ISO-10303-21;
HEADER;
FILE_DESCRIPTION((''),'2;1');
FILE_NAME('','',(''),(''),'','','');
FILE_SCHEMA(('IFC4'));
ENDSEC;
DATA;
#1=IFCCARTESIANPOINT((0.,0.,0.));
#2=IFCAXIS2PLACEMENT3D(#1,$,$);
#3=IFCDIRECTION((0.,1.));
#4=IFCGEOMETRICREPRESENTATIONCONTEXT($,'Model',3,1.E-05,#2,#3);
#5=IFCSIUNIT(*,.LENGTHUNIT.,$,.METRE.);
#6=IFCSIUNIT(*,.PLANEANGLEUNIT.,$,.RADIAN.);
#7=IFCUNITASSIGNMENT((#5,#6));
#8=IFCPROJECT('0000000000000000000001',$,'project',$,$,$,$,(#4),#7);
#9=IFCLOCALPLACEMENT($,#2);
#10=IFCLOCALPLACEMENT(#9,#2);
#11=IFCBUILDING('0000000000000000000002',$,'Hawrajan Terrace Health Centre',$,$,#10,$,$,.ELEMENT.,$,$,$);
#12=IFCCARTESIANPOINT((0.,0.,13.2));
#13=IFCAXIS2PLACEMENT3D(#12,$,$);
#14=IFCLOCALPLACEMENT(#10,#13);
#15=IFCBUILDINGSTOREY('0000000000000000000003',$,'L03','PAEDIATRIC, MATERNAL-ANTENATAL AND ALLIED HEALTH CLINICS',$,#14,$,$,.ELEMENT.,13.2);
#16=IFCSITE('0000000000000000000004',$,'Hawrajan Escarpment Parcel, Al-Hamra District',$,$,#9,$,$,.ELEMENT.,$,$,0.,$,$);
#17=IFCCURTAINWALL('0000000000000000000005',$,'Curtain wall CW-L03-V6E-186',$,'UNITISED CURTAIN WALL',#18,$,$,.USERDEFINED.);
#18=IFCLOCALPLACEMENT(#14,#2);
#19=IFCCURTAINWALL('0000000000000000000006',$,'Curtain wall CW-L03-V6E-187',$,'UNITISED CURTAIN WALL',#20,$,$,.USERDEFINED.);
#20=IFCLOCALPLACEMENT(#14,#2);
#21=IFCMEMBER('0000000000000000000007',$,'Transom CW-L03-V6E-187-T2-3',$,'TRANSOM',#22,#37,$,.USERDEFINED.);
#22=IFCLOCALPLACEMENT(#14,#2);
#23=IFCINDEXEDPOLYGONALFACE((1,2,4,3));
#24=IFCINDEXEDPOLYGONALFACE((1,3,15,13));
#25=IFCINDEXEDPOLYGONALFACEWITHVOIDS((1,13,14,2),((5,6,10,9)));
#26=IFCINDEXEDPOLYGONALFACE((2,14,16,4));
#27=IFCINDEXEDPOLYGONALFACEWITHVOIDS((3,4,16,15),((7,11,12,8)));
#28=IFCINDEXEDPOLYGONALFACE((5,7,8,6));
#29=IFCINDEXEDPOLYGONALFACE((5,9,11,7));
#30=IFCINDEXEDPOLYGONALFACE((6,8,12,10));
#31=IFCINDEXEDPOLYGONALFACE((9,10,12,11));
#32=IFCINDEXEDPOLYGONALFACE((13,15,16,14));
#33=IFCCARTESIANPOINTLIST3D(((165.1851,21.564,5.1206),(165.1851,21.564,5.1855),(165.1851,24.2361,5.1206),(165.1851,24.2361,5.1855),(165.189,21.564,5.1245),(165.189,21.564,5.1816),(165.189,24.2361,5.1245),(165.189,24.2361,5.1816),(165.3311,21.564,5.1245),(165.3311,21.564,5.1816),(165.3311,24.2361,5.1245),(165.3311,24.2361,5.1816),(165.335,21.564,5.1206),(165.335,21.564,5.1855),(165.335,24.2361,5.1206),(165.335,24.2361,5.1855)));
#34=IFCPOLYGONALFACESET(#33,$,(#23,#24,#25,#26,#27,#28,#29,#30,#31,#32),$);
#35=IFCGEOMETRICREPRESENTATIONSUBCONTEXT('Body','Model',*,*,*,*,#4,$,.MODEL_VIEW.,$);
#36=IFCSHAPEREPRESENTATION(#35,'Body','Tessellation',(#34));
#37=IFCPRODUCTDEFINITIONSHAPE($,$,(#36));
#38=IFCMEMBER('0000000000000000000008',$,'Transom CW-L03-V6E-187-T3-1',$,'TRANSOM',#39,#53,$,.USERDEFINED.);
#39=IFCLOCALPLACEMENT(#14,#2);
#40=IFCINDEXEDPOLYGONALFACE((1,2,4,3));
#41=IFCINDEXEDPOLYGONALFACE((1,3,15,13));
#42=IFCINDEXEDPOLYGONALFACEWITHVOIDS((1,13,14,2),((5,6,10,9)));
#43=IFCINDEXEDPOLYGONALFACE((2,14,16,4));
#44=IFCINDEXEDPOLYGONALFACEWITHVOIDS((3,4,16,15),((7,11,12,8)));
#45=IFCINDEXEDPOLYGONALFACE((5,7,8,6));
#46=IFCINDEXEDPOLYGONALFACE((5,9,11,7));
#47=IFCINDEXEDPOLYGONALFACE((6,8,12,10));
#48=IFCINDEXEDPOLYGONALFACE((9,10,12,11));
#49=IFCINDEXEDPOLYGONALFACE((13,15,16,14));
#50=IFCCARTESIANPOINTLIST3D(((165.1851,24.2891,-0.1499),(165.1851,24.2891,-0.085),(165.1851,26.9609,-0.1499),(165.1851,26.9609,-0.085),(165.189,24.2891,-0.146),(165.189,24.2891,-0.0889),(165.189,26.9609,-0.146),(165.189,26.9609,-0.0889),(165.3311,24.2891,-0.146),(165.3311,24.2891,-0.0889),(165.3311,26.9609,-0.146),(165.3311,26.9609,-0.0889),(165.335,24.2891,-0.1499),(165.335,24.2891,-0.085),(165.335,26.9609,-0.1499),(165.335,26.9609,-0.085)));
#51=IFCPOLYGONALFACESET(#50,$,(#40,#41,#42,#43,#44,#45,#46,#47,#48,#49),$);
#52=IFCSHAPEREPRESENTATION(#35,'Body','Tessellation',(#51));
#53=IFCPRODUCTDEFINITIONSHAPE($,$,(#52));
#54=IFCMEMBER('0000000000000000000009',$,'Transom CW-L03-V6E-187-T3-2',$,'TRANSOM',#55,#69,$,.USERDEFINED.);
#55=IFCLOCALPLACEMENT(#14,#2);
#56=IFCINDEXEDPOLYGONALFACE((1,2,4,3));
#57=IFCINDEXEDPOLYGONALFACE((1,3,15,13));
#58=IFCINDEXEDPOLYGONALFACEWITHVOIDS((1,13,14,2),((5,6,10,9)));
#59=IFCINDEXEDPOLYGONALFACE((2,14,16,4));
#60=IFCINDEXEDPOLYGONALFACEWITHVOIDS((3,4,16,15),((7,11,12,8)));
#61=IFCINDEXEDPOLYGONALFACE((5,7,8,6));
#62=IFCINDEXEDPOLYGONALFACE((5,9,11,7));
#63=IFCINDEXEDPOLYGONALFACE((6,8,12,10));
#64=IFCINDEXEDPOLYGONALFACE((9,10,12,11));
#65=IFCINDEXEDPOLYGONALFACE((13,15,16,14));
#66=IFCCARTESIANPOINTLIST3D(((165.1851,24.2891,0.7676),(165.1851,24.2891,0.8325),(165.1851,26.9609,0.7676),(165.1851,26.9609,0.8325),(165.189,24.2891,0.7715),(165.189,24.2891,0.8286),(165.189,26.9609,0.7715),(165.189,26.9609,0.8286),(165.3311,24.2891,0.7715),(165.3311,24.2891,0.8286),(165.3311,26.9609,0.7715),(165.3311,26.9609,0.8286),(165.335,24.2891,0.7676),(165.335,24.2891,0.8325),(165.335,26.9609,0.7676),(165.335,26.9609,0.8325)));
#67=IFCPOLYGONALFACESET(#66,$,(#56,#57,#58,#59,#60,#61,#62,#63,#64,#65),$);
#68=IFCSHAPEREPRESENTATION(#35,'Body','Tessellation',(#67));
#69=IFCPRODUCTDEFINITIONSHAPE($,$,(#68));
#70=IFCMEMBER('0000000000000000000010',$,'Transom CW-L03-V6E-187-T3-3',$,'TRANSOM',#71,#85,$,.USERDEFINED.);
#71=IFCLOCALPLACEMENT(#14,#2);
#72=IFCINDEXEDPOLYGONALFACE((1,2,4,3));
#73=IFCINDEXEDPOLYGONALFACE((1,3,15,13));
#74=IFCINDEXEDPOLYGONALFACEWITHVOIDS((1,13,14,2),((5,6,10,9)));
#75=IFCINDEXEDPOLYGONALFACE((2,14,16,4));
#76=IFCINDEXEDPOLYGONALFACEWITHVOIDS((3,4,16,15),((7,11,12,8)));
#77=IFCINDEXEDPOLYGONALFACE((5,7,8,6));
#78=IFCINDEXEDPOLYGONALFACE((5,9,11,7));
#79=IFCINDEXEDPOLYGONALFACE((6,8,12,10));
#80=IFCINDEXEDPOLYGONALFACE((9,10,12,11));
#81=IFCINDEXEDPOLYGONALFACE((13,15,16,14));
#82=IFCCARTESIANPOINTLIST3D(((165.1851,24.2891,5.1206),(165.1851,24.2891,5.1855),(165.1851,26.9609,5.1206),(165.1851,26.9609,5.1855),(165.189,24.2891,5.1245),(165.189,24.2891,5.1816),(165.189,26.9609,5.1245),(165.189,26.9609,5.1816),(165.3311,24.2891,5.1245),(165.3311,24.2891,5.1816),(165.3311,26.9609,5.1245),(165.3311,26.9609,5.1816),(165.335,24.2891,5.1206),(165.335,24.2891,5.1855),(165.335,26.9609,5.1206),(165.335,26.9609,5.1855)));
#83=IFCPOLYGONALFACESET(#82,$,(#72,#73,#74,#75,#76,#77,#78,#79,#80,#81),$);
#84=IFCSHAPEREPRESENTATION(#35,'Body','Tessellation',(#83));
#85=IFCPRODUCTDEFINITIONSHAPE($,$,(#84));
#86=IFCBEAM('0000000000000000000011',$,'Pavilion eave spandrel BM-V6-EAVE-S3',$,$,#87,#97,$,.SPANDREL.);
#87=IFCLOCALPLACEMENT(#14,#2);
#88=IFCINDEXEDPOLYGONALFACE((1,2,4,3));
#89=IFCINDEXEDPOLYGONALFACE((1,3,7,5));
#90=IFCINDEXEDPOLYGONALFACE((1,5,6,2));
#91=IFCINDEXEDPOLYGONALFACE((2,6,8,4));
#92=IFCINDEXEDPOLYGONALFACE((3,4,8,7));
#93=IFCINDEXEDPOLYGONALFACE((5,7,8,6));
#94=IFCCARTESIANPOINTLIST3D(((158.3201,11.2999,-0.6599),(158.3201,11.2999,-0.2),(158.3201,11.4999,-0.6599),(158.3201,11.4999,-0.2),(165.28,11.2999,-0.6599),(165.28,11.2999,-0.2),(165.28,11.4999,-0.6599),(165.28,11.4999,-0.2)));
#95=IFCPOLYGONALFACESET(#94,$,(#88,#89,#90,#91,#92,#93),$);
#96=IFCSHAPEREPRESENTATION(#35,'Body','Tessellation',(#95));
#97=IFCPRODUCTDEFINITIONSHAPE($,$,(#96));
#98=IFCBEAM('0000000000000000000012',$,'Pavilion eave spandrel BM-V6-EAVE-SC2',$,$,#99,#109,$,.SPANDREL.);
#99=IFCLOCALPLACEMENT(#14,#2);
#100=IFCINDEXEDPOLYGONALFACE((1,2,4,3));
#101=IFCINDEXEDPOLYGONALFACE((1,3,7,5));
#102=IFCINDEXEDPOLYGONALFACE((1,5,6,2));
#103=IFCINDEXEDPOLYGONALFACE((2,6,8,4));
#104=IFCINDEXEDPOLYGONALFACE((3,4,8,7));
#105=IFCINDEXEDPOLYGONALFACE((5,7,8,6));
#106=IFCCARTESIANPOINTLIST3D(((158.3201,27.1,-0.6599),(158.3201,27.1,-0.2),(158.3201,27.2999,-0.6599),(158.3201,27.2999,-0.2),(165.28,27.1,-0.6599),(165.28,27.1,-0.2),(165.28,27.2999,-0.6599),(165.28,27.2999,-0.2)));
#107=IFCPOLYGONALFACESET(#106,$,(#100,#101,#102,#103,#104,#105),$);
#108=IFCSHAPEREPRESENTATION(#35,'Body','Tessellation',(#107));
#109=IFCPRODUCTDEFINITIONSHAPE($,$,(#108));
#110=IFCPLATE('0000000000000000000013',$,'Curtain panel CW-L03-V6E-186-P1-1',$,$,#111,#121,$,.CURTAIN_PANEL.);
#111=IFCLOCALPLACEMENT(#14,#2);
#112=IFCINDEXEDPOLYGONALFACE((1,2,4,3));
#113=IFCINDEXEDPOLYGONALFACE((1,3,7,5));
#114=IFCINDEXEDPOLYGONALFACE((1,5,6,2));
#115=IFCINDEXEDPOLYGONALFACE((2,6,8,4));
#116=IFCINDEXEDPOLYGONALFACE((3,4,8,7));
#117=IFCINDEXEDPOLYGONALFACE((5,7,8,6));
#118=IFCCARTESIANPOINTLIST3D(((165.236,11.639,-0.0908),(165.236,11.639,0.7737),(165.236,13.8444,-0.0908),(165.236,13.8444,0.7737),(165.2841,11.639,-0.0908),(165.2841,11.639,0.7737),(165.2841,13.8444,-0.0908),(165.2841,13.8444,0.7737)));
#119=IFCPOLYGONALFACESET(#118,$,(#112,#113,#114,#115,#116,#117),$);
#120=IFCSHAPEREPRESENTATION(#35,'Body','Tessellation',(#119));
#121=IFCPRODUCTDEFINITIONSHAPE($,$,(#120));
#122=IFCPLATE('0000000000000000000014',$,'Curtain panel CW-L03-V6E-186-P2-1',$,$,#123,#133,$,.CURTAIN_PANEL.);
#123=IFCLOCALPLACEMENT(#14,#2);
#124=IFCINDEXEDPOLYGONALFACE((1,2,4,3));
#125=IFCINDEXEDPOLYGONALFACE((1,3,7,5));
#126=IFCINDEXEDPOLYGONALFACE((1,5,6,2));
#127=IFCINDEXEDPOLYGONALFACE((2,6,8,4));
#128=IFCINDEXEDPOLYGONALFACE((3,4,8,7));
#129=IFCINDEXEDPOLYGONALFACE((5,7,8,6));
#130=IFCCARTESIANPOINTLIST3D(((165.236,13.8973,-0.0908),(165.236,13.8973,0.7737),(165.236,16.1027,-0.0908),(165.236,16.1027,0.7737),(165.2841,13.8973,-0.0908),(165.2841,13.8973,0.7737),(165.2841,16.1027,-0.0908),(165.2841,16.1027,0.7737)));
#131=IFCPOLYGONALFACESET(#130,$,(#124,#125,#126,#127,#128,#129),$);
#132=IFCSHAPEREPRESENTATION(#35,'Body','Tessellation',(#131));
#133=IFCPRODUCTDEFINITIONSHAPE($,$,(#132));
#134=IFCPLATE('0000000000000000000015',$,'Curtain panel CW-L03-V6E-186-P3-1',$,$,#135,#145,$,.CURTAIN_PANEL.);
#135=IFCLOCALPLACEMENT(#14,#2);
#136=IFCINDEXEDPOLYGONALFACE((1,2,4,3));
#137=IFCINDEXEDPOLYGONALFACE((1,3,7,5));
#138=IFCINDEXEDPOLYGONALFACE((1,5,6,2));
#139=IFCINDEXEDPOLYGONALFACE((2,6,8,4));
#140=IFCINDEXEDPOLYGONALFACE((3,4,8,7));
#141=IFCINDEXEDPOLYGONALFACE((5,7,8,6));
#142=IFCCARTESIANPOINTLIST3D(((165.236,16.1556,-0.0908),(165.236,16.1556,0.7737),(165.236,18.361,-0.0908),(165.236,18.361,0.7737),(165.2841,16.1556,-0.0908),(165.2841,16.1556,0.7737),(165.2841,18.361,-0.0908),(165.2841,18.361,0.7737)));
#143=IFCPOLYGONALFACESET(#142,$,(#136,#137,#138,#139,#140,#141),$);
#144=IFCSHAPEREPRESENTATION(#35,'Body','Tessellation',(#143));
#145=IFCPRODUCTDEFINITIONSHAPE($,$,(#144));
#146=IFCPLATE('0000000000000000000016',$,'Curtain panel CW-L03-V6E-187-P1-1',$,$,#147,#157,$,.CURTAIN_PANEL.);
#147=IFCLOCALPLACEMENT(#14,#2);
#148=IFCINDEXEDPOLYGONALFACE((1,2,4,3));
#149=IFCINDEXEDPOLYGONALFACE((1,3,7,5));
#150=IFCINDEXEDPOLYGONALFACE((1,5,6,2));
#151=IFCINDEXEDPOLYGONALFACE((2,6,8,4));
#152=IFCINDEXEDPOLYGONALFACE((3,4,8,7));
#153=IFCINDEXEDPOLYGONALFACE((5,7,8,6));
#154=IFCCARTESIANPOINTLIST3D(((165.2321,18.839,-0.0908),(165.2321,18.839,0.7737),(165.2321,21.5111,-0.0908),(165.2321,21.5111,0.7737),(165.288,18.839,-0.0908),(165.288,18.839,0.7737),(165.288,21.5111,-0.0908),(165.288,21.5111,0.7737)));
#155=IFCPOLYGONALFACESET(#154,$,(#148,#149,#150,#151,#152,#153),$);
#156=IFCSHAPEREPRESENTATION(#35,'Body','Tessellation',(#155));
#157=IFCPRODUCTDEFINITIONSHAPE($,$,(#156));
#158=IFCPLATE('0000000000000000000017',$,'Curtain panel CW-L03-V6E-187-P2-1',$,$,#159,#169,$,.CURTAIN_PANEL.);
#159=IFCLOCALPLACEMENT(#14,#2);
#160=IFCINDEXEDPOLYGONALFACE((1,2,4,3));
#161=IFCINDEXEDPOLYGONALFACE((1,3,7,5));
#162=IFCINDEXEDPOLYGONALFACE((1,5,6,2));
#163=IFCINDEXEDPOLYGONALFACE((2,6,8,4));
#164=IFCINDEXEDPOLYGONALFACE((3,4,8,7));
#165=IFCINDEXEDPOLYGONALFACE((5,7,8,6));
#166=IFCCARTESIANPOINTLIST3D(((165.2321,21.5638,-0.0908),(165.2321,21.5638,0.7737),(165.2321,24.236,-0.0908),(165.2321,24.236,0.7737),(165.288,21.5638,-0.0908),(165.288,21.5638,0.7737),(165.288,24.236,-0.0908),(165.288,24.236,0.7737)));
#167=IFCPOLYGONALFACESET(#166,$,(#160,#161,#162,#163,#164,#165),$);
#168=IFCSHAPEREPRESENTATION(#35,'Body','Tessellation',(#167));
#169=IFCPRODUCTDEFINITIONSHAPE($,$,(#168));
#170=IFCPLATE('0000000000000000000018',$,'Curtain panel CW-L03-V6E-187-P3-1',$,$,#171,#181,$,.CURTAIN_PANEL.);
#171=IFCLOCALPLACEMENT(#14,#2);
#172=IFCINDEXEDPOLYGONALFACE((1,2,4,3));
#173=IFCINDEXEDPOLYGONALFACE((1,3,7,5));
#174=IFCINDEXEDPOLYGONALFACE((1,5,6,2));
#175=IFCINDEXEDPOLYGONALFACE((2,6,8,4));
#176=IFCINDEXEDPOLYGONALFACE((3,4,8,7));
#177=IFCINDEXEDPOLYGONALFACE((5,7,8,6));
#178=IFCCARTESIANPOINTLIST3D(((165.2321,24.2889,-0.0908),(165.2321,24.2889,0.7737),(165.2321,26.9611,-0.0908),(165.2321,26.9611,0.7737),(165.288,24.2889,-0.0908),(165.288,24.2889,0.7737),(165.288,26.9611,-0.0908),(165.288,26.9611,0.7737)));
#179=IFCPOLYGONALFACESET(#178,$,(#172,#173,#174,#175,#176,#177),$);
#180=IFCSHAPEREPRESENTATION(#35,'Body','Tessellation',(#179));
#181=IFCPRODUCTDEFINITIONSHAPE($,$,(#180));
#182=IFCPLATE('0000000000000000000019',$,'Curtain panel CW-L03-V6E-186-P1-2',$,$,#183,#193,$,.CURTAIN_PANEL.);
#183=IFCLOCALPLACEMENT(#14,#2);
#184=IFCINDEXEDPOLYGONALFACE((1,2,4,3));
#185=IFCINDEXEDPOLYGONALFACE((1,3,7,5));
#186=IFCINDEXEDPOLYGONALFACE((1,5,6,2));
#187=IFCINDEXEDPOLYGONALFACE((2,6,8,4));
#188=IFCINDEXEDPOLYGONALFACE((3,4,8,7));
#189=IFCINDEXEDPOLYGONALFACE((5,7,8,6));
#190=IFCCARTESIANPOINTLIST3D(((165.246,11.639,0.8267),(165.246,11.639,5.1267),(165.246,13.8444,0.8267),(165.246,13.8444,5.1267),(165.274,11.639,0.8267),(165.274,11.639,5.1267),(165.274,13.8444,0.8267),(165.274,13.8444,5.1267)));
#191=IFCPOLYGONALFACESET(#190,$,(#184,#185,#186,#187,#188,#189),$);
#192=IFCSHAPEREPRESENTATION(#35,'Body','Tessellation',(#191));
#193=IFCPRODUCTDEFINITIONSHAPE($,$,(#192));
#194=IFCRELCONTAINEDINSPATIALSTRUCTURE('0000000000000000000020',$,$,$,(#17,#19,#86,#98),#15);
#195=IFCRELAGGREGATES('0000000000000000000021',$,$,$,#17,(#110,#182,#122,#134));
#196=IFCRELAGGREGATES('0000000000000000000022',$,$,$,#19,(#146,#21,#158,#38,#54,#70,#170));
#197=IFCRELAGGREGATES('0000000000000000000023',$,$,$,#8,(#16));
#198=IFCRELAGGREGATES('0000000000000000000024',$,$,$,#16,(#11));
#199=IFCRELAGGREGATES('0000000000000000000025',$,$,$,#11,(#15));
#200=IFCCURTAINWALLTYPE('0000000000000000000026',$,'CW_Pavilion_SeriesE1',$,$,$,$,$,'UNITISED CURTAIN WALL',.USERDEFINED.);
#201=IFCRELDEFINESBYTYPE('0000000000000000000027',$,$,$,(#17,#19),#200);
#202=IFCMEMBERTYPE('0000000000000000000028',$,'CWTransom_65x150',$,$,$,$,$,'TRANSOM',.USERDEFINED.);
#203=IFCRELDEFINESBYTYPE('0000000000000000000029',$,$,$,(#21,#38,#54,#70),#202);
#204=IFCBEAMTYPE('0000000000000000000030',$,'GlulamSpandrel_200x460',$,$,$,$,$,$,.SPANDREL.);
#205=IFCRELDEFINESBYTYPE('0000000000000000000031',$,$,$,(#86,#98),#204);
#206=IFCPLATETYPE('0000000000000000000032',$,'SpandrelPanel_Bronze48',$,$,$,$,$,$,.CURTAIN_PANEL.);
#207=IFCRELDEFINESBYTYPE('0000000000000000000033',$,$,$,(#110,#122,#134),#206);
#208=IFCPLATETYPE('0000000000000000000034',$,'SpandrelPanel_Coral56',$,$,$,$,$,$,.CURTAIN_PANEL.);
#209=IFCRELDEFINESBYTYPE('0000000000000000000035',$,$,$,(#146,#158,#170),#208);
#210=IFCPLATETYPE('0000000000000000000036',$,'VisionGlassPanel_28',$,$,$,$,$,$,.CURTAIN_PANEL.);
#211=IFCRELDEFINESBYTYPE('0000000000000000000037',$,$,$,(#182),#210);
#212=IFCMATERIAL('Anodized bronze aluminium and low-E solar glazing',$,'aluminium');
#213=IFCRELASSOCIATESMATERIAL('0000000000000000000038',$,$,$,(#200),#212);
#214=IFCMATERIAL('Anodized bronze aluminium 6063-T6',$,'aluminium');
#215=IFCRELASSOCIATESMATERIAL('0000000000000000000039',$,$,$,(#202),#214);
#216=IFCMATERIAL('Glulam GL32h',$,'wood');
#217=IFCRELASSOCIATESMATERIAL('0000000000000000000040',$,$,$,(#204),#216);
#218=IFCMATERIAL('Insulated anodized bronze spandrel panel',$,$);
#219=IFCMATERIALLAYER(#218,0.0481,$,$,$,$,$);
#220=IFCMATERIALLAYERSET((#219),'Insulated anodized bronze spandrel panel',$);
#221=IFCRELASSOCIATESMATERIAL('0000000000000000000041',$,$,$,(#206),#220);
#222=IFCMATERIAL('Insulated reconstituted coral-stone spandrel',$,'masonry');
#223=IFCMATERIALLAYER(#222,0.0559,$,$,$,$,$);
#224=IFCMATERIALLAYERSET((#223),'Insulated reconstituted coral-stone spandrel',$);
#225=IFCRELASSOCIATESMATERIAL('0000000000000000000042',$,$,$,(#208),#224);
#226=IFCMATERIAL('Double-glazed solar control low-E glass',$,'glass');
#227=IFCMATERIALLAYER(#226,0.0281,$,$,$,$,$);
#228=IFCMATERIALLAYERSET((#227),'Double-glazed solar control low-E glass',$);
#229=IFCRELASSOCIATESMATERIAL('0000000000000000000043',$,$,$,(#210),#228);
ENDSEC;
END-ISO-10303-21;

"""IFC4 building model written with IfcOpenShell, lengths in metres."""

from ifc_helpers import new_model, si_unit, direction, frame, origin, origin_2d, place, context, subcontext, project, spatial, rectangle, hollow_rectangle, extrude, material, layer, layer_set, material_profile, profile_set, type_object, element, aggregate, save


model = new_model("IFC4")

# Units and contexts
model_context = context("Model", 3, precision=1e-05, world=origin(), true_north=direction((0.0, 1.0)))
body_context = subcontext(model_context, "Body", "Model", "MODEL_VIEW")
ifc_project = project(units=[si_unit("LENGTHUNIT", "METRE"), si_unit("PLANEANGLEUNIT", "RADIAN")], contexts=[model_context])

# Site, building, storey
site_placement = place(None, origin())
site = spatial("IfcSite", under=ifc_project, at=site_placement, Name="Hawrajan Escarpment Parcel, Al-Hamra District", CompositionType="ELEMENT", RefElevation=0.0)
building_placement = place(site_placement, origin())
building = spatial("IfcBuilding", under=site, at=building_placement, Name="Hawrajan Terrace Health Centre", CompositionType="ELEMENT")
storey_placement = place(building_placement, frame((0.0, 0.0, 13.2)))
storey = spatial("IfcBuildingStorey", under=building, at=storey_placement, Name="L03", Description="PAEDIATRIC, MATERNAL-ANTENATAL AND ALLIED HEALTH CLINICS", CompositionType="ELEMENT", Elevation=13.2)

# Curtain walls
ifc_material_1 = material(Name="Anodized bronze aluminium and low-E solar glazing", Category="aluminium")
curtain_wall_type = type_object("IfcCurtainWallType", Name="CW_Pavilion_SeriesE1", ElementType="UNITISED CURTAIN WALL", PredefinedType="USERDEFINED", material=ifc_material_1)
curtain_wall_1_placement = place(storey_placement, origin())
curtain_wall_1 = element("IfcCurtainWall", 1, at=curtain_wall_1_placement, inside=storey, type_object=curtain_wall_type, Name="Curtain wall CW-L03-V6E-186", ObjectType="UNITISED CURTAIN WALL", PredefinedType="USERDEFINED")
ifc_material_2 = material(Name="Anodized bronze aluminium 6063-T6", Category="aluminium")
curtain_wall_2_placement = place(storey_placement, origin())
curtain_wall_2 = element("IfcCurtainWall", 2, at=curtain_wall_2_placement, inside=storey, type_object=curtain_wall_type, Name="Curtain wall CW-L03-V6E-187", ObjectType="UNITISED CURTAIN WALL", PredefinedType="USERDEFINED")

# Members
ifc_material_profile_1 = material_profile(ifc_material_2, hollow_rectangle(XDim=0.0649, YDim=0.1499, WallThickness=0.0039, at=origin_2d()), Name="CW TRN 65x150")
ifc_profile_set_1 = profile_set([ifc_material_profile_1], Name="Anodized bronze aluminium 6063-T6")
member_type_1 = type_object("IfcMemberType", Name="CWTransom_65x150", ElementType="TRANSOM", PredefinedType="USERDEFINED", material=ifc_profile_set_1)
member_1_placement = place(storey_placement, frame((165.26, 21.564, 5.1531), z_axis=(0.0, 1.0, 0.0), x_axis=(0.0, 0.0, 1.0)))
member_1 = element("IfcMember", 3, at=member_1_placement, type_object=member_type_1, Name="Transom CW-L03-V6E-187-T2-3", ObjectType="TRANSOM", PredefinedType="USERDEFINED", context=body_context, shape_type="SweptSolid", body=[
    extrude(hollow_rectangle(XDim=0.0649, YDim=0.1499, WallThickness=0.0039, at=origin_2d()), origin(), (0.0, 0.0, 1.0), 2.6721),
])
member_2_placement = place(storey_placement, frame((165.26, 24.2891, -0.1174), z_axis=(0.0, 1.0, 0.0), x_axis=(0.0, 0.0, 1.0)))
member_2 = element("IfcMember", 4, at=member_2_placement, type_object=member_type_1, Name="Transom CW-L03-V6E-187-T3-1", ObjectType="TRANSOM", PredefinedType="USERDEFINED", context=body_context, shape_type="SweptSolid", body=[
    extrude(hollow_rectangle(XDim=0.0649, YDim=0.1499, WallThickness=0.0039, at=origin_2d()), origin(), (0.0, 0.0, 1.0), 2.6719),
])
member_3_placement = place(storey_placement, frame((165.26, 24.2891, 0.8), z_axis=(0.0, 1.0, 0.0), x_axis=(0.0, 0.0, 1.0)))
member_3 = element("IfcMember", 5, at=member_3_placement, type_object=member_type_1, Name="Transom CW-L03-V6E-187-T3-2", ObjectType="TRANSOM", PredefinedType="USERDEFINED", context=body_context, shape_type="SweptSolid", body=[
    extrude(hollow_rectangle(XDim=0.0649, YDim=0.1499, WallThickness=0.0039, at=origin_2d()), origin(), (0.0, 0.0, 1.0), 2.6719),
])
member_4_placement = place(storey_placement, frame((165.26, 24.2891, 5.1531), z_axis=(0.0, 1.0, 0.0), x_axis=(0.0, 0.0, 1.0)))
member_4 = element("IfcMember", 6, at=member_4_placement, type_object=member_type_1, Name="Transom CW-L03-V6E-187-T3-3", ObjectType="TRANSOM", PredefinedType="USERDEFINED", context=body_context, shape_type="SweptSolid", body=[
    extrude(hollow_rectangle(XDim=0.0649, YDim=0.1499, WallThickness=0.0039, at=origin_2d()), origin(), (0.0, 0.0, 1.0), 2.6719),
])

# Beams
ifc_material_3 = material(Name="Glulam GL32h", Category="wood")
ifc_material_profile_2 = material_profile(ifc_material_3, rectangle(XDim=0.2, YDim=0.46, at=origin_2d()), Name="GL SP 200x460")
ifc_profile_set_2 = profile_set([ifc_material_profile_2], Name="Glulam GL32h")
beam_type = type_object("IfcBeamType", Name="GlulamSpandrel_200x460", PredefinedType="SPANDREL", material=ifc_profile_set_2)
for number, where, z_axis, x_axis, name in (
    (7, (158.3201, 11.3999, -0.4299), (1.0, 0.0, 0.0), (0.0, 1.0, 0.0), "Pavilion eave spandrel BM-V6-EAVE-S3"),
    (8, (158.3201, 27.2, -0.4299), (1.0, 0.0, 0.0), (0.0, 1.0, 0.0), "Pavilion eave spandrel BM-V6-EAVE-SC2"),
):
    element("IfcBeam", number, at=place(storey_placement, frame(where, z_axis=z_axis, x_axis=x_axis)), inside=storey, type_object=beam_type, Name=name, PredefinedType="SPANDREL", context=body_context, shape_type="SweptSolid", body=[
        extrude(rectangle(XDim=0.2, YDim=0.46, at=origin_2d()), origin(), (0.0, 0.0, 1.0), 6.96),
    ])

# Plates
ifc_material_4 = material(Name="Insulated anodized bronze spandrel panel")
ifc_layer_1 = layer(ifc_material_4, 0.0481)
ifc_layer_set_1 = layer_set([ifc_layer_1], Name="Insulated anodized bronze spandrel panel")
plate_type_1 = type_object("IfcPlateType", Name="SpandrelPanel_Bronze48", PredefinedType="CURTAIN_PANEL", material=ifc_layer_set_1)
plate_1_placement = place(storey_placement, frame((165.26, 12.7417, -0.0908), z_axis=(0.0, 0.0, 1.0), x_axis=(0.0, 1.0, 0.0)))
plate_1 = element("IfcPlate", 9, at=plate_1_placement, type_object=plate_type_1, Name="Curtain panel CW-L03-V6E-186-P1-1", PredefinedType="CURTAIN_PANEL", context=body_context, shape_type="SweptSolid", body=[
    extrude(rectangle(XDim=2.2053, YDim=0.0481, at=origin_2d()), origin(), (0.0, 0.0, 1.0), 0.8645),
])
plate_2_placement = place(storey_placement, frame((165.26, 15.0, -0.0908), z_axis=(0.0, 0.0, 1.0), x_axis=(0.0, 1.0, 0.0)))
plate_2 = element("IfcPlate", 10, at=plate_2_placement, type_object=plate_type_1, Name="Curtain panel CW-L03-V6E-186-P2-1", PredefinedType="CURTAIN_PANEL", context=body_context, shape_type="SweptSolid", body=[
    extrude(rectangle(XDim=2.2053, YDim=0.0481, at=origin_2d()), origin(), (0.0, 0.0, 1.0), 0.8645),
])
plate_3_placement = place(storey_placement, frame((165.26, 17.2583, -0.0908), z_axis=(0.0, 0.0, 1.0), x_axis=(0.0, 1.0, 0.0)))
plate_3 = element("IfcPlate", 11, at=plate_3_placement, type_object=plate_type_1, Name="Curtain panel CW-L03-V6E-186-P3-1", PredefinedType="CURTAIN_PANEL", context=body_context, shape_type="SweptSolid", body=[
    extrude(rectangle(XDim=2.2053, YDim=0.0481, at=origin_2d()), origin(), (0.0, 0.0, 1.0), 0.8645),
])
ifc_material_5 = material(Name="Insulated reconstituted coral-stone spandrel", Category="masonry")
ifc_layer_2 = layer(ifc_material_5, 0.0559)
ifc_layer_set_2 = layer_set([ifc_layer_2], Name="Insulated reconstituted coral-stone spandrel")
plate_type_2 = type_object("IfcPlateType", Name="SpandrelPanel_Coral56", PredefinedType="CURTAIN_PANEL", material=ifc_layer_set_2)
plate_4_placement = place(storey_placement, frame((165.26, 20.175, -0.0908), z_axis=(0.0, 0.0, 1.0), x_axis=(0.0, 1.0, 0.0)))
plate_4 = element("IfcPlate", 12, at=plate_4_placement, type_object=plate_type_2, Name="Curtain panel CW-L03-V6E-187-P1-1", PredefinedType="CURTAIN_PANEL", context=body_context, shape_type="SweptSolid", body=[
    extrude(rectangle(XDim=2.6721, YDim=0.0559, at=origin_2d()), origin(), (0.0, 0.0, 1.0), 0.8645),
])
plate_5_placement = place(storey_placement, frame((165.26, 22.8999, -0.0908), z_axis=(0.0, 0.0, 1.0), x_axis=(0.0, 1.0, 0.0)))
plate_5 = element("IfcPlate", 13, at=plate_5_placement, type_object=plate_type_2, Name="Curtain panel CW-L03-V6E-187-P2-1", PredefinedType="CURTAIN_PANEL", context=body_context, shape_type="SweptSolid", body=[
    extrude(rectangle(XDim=2.6721, YDim=0.0559, at=origin_2d()), origin(), (0.0, 0.0, 1.0), 0.8645),
])
plate_6_placement = place(storey_placement, frame((165.26, 25.625, -0.0908), z_axis=(0.0, 0.0, 1.0), x_axis=(0.0, 1.0, 0.0)))
plate_6 = element("IfcPlate", 14, at=plate_6_placement, type_object=plate_type_2, Name="Curtain panel CW-L03-V6E-187-P3-1", PredefinedType="CURTAIN_PANEL", context=body_context, shape_type="SweptSolid", body=[
    extrude(rectangle(XDim=2.6721, YDim=0.0559, at=origin_2d()), origin(), (0.0, 0.0, 1.0), 0.8645),
])
ifc_material_6 = material(Name="Double-glazed solar control low-E glass", Category="glass")
ifc_layer_3 = layer(ifc_material_6, 0.0281)
ifc_layer_set_3 = layer_set([ifc_layer_3], Name="Double-glazed solar control low-E glass")
plate_type_3 = type_object("IfcPlateType", Name="VisionGlassPanel_28", PredefinedType="CURTAIN_PANEL", material=ifc_layer_set_3)
plate_7_placement = place(storey_placement, frame((165.26, 12.7417, 0.8267), z_axis=(0.0, 0.0, 1.0), x_axis=(0.0, 1.0, 0.0)))
plate_7 = element("IfcPlate", 15, at=plate_7_placement, type_object=plate_type_3, Name="Curtain panel CW-L03-V6E-186-P1-2", PredefinedType="CURTAIN_PANEL", context=body_context, shape_type="SweptSolid", body=[
    extrude(rectangle(XDim=2.2053, YDim=0.0281, at=origin_2d()), origin(), (0.0, 0.0, 1.0), 4.3),
])
aggregate(curtain_wall_1, [plate_1, plate_7, plate_2, plate_3])
aggregate(curtain_wall_2, [plate_4, member_1, plate_5, member_2, member_3, member_4, plate_6])

save(model, "model.ifc")
